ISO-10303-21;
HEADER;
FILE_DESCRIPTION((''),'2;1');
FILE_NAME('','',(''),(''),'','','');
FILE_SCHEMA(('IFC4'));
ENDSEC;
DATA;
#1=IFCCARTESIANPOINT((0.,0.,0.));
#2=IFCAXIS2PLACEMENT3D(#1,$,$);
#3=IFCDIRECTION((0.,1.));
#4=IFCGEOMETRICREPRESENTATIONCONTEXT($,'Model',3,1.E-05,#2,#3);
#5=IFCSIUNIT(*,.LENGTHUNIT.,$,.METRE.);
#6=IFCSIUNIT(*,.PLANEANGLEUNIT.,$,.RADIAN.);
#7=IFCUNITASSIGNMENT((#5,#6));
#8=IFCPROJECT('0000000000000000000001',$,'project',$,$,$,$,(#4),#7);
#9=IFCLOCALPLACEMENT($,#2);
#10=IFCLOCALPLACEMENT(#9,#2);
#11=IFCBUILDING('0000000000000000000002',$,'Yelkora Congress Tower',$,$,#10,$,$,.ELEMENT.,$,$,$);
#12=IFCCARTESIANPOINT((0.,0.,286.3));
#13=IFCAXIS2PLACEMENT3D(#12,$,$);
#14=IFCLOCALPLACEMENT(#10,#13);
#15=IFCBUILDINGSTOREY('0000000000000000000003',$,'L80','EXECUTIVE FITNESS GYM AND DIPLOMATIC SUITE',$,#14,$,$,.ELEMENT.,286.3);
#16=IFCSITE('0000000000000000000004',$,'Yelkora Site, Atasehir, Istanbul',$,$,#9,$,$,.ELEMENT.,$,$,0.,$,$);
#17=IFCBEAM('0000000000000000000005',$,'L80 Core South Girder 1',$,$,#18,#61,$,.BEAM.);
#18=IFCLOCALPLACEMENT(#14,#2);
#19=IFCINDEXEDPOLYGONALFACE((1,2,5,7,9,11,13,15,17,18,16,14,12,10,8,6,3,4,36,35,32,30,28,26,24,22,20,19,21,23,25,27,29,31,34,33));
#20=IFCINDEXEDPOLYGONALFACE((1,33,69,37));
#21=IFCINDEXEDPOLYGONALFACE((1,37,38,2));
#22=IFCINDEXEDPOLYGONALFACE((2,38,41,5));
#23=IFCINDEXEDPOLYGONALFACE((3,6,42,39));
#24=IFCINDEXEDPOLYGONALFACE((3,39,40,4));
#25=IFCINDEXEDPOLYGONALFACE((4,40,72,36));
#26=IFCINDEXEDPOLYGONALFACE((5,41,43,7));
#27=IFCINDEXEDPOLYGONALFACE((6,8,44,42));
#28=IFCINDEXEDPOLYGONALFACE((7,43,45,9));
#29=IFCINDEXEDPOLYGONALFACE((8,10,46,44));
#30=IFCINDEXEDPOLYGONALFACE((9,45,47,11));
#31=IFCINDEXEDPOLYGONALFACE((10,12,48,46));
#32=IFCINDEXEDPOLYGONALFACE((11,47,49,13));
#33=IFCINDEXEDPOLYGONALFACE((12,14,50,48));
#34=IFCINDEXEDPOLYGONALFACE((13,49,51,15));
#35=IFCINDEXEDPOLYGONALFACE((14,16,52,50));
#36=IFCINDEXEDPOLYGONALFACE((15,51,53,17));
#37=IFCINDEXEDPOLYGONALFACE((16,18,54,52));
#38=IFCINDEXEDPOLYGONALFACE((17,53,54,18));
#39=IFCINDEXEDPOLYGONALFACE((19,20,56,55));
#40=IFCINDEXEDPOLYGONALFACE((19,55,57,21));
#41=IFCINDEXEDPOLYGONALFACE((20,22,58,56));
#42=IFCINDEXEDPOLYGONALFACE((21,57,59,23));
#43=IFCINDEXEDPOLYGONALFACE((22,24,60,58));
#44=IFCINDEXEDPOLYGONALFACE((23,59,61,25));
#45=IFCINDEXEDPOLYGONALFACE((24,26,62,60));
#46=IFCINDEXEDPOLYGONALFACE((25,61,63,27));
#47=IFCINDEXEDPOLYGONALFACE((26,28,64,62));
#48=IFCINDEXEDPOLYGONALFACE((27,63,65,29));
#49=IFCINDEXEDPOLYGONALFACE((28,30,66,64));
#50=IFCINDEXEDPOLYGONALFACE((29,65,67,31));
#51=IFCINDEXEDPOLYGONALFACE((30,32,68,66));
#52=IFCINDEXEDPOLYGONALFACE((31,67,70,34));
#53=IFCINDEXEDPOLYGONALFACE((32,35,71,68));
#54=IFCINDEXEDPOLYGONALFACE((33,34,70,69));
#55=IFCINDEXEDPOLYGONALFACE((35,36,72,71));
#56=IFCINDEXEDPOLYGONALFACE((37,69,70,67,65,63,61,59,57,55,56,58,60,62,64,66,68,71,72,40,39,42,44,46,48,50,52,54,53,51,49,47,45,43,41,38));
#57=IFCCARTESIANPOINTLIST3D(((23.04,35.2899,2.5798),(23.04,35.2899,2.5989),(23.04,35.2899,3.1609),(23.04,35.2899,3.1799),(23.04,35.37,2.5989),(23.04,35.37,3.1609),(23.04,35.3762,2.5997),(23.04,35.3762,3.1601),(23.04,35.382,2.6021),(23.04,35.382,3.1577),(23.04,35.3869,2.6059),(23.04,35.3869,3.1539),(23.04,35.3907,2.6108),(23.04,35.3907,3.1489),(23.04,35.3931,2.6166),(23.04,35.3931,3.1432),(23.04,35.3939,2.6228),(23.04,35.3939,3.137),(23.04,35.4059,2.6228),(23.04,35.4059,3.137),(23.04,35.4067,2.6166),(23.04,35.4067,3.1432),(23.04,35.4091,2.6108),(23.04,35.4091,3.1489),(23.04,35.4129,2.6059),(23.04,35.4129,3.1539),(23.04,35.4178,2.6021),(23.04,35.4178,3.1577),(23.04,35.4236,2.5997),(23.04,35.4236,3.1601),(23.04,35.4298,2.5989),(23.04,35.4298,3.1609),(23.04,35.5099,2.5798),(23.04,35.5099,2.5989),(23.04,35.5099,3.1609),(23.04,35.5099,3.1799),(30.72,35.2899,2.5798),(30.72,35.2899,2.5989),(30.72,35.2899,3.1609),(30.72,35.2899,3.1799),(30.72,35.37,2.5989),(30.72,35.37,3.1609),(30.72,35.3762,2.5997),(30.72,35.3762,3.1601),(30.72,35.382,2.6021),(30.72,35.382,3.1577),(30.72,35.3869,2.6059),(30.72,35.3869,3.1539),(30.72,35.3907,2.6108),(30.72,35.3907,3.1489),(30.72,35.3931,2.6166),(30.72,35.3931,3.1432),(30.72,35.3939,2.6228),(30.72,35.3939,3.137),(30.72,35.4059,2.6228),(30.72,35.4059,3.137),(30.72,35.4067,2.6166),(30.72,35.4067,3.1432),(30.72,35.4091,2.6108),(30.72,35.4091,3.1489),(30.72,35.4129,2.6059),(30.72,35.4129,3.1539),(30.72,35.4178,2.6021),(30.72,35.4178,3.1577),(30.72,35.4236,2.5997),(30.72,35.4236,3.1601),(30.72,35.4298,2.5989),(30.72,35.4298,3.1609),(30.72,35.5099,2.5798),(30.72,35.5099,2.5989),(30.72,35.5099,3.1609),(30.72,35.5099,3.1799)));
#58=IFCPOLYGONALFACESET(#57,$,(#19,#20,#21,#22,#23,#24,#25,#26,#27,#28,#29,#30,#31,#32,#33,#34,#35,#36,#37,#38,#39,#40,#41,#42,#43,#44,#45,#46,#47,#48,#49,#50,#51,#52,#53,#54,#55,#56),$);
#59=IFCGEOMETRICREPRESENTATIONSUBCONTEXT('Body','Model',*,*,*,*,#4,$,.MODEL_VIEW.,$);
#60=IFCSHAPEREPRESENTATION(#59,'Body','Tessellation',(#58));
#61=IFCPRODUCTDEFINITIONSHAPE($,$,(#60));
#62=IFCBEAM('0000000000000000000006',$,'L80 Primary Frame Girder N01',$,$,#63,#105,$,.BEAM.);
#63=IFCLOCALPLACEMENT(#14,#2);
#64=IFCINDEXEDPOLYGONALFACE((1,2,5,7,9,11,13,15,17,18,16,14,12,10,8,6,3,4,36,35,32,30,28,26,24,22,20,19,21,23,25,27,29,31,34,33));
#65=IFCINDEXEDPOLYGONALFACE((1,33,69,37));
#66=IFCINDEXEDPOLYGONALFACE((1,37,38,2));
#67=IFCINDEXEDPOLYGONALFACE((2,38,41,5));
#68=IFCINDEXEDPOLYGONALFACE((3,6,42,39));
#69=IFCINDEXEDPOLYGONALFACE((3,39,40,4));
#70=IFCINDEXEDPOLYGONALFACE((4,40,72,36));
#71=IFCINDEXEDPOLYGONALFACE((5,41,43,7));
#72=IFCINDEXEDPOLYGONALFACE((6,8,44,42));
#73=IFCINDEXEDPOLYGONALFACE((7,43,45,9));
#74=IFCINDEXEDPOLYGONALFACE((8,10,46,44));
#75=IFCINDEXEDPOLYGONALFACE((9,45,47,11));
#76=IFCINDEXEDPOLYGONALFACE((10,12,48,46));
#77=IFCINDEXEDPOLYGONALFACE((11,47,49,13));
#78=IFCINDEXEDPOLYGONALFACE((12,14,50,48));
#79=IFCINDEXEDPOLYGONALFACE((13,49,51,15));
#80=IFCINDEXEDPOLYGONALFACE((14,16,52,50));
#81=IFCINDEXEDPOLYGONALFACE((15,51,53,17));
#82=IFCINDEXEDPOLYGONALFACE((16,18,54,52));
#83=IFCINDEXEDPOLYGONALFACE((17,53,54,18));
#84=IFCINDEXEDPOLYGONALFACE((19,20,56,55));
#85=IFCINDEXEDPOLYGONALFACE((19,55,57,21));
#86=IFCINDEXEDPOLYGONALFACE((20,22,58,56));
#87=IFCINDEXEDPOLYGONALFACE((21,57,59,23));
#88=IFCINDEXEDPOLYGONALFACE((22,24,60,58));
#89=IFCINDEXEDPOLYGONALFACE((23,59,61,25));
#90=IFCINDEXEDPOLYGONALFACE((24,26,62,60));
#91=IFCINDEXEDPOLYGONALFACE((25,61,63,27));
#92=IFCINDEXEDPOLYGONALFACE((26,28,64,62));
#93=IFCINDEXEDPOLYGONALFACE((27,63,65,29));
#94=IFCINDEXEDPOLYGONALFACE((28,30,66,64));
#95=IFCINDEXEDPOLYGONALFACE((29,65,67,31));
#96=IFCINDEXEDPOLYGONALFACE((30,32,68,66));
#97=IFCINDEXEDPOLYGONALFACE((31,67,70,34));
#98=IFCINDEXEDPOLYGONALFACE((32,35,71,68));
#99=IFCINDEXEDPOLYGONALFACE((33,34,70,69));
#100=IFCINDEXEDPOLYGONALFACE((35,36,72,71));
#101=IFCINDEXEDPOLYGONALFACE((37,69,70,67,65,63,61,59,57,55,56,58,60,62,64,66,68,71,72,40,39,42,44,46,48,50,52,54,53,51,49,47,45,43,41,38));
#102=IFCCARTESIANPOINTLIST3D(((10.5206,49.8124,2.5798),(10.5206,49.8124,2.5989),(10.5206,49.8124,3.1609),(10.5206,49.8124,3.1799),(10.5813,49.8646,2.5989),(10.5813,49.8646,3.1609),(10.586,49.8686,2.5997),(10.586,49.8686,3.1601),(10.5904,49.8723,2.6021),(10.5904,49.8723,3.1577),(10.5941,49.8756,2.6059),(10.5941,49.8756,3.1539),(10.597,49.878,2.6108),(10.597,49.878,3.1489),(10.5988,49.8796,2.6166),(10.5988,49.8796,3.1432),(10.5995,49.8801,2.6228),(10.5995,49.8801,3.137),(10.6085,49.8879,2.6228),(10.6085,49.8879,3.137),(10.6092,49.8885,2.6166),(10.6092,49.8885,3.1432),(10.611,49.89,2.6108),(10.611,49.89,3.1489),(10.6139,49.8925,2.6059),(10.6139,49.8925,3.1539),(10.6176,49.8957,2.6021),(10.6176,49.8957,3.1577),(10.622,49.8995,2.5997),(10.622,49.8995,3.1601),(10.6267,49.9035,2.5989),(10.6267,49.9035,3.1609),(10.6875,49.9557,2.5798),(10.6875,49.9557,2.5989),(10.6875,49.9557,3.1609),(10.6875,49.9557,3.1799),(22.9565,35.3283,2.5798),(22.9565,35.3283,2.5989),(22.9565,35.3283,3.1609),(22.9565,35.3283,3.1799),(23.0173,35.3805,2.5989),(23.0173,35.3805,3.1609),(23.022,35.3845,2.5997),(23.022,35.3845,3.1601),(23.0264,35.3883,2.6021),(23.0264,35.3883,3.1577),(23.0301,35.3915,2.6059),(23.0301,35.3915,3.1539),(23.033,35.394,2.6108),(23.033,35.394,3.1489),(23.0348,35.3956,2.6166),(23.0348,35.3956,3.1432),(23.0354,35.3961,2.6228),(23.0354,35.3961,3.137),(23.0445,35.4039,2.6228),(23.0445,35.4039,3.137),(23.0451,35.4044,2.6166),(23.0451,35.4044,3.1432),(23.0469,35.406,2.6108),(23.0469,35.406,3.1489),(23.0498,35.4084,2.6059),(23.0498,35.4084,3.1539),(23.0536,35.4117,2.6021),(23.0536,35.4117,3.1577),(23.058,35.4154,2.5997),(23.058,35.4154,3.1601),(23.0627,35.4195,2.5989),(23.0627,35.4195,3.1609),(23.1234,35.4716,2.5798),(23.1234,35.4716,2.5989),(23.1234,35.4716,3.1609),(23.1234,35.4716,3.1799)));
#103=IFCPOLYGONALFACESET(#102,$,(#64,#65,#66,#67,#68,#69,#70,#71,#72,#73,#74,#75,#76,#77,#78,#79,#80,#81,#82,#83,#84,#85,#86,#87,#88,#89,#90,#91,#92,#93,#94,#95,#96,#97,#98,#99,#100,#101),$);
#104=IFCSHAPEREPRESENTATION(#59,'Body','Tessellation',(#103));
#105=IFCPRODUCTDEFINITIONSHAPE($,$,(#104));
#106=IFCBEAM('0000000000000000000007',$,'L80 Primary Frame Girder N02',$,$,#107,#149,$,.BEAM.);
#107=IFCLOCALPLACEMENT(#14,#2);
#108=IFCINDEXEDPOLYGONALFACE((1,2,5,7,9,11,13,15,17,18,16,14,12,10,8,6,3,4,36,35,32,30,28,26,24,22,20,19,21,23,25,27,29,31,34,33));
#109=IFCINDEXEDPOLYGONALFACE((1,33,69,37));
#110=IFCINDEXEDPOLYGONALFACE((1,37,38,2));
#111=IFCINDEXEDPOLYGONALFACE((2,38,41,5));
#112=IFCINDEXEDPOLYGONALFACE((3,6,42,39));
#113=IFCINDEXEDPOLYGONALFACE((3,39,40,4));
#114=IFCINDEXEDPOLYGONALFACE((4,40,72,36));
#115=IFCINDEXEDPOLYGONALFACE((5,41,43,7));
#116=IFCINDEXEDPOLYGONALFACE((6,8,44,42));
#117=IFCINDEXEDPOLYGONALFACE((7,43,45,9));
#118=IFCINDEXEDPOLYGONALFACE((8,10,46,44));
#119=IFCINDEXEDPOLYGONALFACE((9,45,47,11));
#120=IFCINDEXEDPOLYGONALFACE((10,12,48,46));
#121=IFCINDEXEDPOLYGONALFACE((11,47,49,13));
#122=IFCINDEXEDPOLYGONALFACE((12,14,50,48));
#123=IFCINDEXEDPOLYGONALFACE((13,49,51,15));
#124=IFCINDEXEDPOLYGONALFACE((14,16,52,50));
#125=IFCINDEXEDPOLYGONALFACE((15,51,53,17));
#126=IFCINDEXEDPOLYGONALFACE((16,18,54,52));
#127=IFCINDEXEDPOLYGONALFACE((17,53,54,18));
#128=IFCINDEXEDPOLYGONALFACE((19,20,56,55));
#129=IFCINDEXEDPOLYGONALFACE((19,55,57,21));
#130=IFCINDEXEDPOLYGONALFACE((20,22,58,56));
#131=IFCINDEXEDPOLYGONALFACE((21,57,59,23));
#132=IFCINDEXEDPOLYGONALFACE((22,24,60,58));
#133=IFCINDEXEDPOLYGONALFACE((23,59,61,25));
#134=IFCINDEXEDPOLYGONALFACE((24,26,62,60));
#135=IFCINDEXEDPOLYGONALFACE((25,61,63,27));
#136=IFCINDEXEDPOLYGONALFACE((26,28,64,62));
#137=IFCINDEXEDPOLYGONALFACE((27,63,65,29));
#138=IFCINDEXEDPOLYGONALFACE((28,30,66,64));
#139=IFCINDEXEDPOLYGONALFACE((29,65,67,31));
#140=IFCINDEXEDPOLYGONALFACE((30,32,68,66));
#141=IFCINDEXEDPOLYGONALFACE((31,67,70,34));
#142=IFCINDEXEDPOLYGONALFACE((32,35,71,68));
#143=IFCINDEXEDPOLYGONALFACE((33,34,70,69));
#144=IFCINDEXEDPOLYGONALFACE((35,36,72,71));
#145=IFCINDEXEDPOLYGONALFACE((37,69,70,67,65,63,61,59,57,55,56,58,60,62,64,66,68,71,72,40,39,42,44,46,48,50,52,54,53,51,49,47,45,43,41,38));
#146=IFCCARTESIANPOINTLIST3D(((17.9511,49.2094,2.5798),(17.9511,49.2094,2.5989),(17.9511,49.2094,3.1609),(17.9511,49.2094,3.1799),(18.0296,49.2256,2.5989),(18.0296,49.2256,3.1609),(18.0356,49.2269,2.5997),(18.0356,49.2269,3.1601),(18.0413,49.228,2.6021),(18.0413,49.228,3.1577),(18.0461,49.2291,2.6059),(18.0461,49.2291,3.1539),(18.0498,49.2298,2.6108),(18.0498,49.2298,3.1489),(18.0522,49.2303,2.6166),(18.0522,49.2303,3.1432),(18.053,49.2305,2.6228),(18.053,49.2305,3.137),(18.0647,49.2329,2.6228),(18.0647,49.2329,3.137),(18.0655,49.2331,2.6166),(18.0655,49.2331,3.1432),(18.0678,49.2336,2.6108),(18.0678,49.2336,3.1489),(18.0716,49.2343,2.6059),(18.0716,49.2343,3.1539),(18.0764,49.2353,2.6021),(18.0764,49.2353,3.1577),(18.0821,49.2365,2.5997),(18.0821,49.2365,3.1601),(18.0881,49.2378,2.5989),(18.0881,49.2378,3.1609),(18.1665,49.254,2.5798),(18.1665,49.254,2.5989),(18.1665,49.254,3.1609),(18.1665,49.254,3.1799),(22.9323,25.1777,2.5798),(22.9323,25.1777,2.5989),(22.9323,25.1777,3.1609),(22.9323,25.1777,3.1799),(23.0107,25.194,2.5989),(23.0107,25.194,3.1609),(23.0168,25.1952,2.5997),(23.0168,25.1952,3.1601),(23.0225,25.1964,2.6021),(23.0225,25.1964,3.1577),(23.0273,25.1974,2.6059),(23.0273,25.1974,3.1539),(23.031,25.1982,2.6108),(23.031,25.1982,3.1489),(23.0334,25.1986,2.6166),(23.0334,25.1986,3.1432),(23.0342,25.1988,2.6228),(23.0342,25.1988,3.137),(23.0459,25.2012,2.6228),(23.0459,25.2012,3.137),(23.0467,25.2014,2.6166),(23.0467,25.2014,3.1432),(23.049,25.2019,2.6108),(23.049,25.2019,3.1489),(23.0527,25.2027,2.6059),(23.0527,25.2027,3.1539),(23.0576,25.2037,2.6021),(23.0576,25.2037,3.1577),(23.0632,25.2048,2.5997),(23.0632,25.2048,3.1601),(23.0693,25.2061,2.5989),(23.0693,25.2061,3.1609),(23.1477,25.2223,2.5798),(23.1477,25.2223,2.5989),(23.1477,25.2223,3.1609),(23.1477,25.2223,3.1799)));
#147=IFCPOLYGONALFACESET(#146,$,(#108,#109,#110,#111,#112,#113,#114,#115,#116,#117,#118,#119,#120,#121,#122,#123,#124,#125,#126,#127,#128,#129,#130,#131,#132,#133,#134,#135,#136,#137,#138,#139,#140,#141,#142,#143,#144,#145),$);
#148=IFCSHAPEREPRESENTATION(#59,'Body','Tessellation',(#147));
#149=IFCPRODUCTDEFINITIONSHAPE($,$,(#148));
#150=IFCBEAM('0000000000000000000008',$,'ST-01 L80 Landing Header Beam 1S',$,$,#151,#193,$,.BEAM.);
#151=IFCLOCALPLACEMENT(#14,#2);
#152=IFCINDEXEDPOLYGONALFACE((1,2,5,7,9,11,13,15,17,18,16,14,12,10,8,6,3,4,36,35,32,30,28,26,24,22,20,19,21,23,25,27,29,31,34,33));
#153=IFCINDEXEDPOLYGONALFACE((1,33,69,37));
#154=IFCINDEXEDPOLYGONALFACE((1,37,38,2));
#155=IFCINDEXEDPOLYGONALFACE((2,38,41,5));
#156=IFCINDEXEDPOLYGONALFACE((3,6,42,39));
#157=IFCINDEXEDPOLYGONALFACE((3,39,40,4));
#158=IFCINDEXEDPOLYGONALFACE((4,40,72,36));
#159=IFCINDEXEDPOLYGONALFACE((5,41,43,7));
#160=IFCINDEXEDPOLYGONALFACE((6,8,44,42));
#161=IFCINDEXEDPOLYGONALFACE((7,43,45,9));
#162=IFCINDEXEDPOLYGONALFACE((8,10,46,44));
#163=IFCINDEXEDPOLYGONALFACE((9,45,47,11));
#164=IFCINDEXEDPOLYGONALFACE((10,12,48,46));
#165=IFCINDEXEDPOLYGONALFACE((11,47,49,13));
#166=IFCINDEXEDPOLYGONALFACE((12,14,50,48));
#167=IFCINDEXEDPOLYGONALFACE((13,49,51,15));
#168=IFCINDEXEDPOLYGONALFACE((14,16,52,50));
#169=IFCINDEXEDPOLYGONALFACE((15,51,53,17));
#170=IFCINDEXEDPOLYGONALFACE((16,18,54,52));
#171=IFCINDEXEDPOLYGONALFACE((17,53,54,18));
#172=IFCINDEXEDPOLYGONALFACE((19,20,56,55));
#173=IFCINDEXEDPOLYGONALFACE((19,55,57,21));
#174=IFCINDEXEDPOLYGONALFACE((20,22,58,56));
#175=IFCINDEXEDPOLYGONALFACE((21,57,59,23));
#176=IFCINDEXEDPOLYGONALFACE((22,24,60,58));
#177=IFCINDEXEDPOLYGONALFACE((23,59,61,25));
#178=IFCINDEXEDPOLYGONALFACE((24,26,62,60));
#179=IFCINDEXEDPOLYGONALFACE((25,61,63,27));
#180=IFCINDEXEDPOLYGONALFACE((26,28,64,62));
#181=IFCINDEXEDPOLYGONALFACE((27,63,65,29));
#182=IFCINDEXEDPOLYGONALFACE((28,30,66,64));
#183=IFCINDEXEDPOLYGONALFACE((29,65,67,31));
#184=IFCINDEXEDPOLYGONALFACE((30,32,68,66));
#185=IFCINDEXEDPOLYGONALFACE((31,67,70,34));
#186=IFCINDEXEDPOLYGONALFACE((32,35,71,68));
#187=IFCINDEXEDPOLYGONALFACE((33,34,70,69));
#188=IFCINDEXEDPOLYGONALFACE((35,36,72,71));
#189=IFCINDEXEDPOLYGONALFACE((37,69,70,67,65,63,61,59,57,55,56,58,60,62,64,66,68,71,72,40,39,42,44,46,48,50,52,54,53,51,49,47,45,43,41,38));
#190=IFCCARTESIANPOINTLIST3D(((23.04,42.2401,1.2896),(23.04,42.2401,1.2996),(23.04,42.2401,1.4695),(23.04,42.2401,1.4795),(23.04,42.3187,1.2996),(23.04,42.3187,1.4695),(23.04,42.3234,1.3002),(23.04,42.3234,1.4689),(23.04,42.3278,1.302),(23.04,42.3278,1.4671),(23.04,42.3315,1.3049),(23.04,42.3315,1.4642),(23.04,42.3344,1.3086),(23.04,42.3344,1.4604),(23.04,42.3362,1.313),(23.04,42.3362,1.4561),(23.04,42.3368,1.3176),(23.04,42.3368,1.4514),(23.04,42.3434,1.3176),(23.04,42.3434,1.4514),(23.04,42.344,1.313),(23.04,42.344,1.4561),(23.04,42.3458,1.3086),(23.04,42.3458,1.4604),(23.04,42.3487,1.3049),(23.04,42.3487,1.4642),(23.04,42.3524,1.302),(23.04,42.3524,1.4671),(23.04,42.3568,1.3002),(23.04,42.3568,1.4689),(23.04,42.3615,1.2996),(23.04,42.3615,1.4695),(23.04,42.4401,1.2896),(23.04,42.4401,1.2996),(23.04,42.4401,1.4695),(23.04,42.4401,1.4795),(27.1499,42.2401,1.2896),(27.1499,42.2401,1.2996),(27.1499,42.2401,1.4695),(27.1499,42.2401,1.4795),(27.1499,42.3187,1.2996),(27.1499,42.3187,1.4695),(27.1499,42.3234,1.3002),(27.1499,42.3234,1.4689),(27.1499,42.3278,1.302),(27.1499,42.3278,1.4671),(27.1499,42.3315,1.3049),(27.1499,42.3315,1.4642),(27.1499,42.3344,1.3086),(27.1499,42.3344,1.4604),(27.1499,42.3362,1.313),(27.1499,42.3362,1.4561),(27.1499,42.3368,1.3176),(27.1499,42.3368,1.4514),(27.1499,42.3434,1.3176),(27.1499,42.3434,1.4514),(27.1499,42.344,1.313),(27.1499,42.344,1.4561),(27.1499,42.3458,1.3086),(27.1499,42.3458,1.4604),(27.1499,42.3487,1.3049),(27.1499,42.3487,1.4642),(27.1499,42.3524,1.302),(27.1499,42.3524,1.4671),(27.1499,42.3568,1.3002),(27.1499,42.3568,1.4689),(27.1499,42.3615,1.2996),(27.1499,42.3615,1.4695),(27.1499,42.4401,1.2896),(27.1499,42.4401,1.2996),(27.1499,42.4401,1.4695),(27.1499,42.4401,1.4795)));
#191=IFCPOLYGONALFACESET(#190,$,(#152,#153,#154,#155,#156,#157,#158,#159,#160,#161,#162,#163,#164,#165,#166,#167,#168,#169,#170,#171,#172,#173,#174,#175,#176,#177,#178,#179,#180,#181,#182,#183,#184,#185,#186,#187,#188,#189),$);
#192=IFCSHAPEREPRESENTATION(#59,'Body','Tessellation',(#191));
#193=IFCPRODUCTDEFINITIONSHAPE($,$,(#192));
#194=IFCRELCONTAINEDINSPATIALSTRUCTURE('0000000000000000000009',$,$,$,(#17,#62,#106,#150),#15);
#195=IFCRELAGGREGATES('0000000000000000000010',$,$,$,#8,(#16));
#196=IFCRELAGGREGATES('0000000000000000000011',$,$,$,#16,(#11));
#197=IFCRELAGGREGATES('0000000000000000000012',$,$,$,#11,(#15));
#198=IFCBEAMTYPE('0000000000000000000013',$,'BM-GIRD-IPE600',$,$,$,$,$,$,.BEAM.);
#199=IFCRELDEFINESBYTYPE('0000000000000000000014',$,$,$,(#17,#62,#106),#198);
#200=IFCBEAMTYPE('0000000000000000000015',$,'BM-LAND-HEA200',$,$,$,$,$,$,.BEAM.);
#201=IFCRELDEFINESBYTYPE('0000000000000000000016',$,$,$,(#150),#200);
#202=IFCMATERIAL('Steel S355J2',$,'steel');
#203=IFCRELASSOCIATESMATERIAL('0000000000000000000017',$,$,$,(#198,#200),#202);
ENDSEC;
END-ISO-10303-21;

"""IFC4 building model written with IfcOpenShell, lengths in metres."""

from ifc_helpers import new_model, si_unit, direction, frame, origin, origin_2d, place, context, subcontext, project, spatial, i_section, extrude, material, material_profile, profile_set, type_object, element, save


model = new_model("IFC4")

# Units and contexts
model_context = context("Model", 3, precision=1e-05, world=origin(), true_north=direction((0.0, 1.0)))
body_context = subcontext(model_context, "Body", "Model", "MODEL_VIEW")
ifc_project = project(units=[si_unit("LENGTHUNIT", "METRE"), si_unit("PLANEANGLEUNIT", "RADIAN")], contexts=[model_context])

# Site, building, storey
site_placement = place(None, origin())
site = spatial("IfcSite", under=ifc_project, at=site_placement, Name="Yelkora Site, Atasehir, Istanbul", CompositionType="ELEMENT", RefElevation=0.0)
building_placement = place(site_placement, origin())
building = spatial("IfcBuilding", under=site, at=building_placement, Name="Yelkora Congress Tower", CompositionType="ELEMENT")
storey_placement = place(building_placement, frame((0.0, 0.0, 286.3)))
storey = spatial("IfcBuildingStorey", under=building, at=storey_placement, Name="L80", Description="EXECUTIVE FITNESS GYM AND DIPLOMATIC SUITE", CompositionType="ELEMENT", Elevation=286.3)

# Shared definitions
ifc_material_1 = material(Name="Steel S355J2", Category="steel")

# Beams
ifc_material_profile_1 = material_profile(ifc_material_1, i_section(OverallWidth=0.22, OverallDepth=0.6001, WebThickness=0.012, FlangeThickness=0.019, FilletRadius=0.0239, at=origin_2d()), Name="IPE 600")
ifc_profile_set_1 = profile_set([ifc_material_profile_1], Name="Steel S355J2")
beam_type_1 = type_object("IfcBeamType", Name="BM-GIRD-IPE600", PredefinedType="BEAM", material=ifc_profile_set_1)
beam_1_placement = place(storey_placement, frame((23.04, 35.3999, 2.8799), z_axis=(1.0, 0.0, 0.0), x_axis=(0.0, 1.0, 0.0)))
element("IfcBeam", 1, at=beam_1_placement, inside=storey, type_object=beam_type_1, Name="L80 Core South Girder 1", PredefinedType="BEAM", context=body_context, shape_type="SweptSolid", body=[
    extrude(i_section(OverallWidth=0.22, OverallDepth=0.6001, WebThickness=0.012, FlangeThickness=0.019, FilletRadius=0.0239, at=origin_2d()), origin(), (0.0, 0.0, 1.0), 7.6799),
])
beam_2_placement = place(storey_placement, frame((10.604, 49.884, 2.8799), z_axis=(0.651427, -0.758711, 0.0), x_axis=(0.758711, 0.651427, 0.0)))
element("IfcBeam", 2, at=beam_2_placement, inside=storey, type_object=beam_type_1, Name="L80 Primary Frame Girder N01", PredefinedType="BEAM", context=body_context, shape_type="SweptSolid", body=[
    extrude(i_section(OverallWidth=0.22, OverallDepth=0.6001, WebThickness=0.012, FlangeThickness=0.019, FilletRadius=0.0239, at=origin_2d()), origin(), (0.0, 0.0, 1.0), 19.0903),
])
beam_3_placement = place(storey_placement, frame((18.0588, 49.2317, 2.8799), z_axis=(0.202962, -0.979187, 0.0), x_axis=(0.979187, 0.202962, 0.0)))
element("IfcBeam", 3, at=beam_3_placement, inside=storey, type_object=beam_type_1, Name="L80 Primary Frame Girder N02", PredefinedType="BEAM", context=body_context, shape_type="SweptSolid", body=[
    extrude(i_section(OverallWidth=0.22, OverallDepth=0.6001, WebThickness=0.012, FlangeThickness=0.019, FilletRadius=0.0239, at=origin_2d()), origin(), (0.0, 0.0, 1.0), 24.5425),
])
ifc_material_profile_2 = material_profile(ifc_material_1, i_section(OverallWidth=0.2, OverallDepth=0.1899, WebThickness=0.0066, FlangeThickness=0.01, FilletRadius=0.0181, at=origin_2d()), Name="HEA 200")
ifc_profile_set_2 = profile_set([ifc_material_profile_2], Name="Steel S355J2")
beam_type_2 = type_object("IfcBeamType", Name="BM-LAND-HEA200", PredefinedType="BEAM", material=ifc_profile_set_2)
for number, where, z_axis, x_axis, name in (
    (4, (23.04, 42.3401, 1.3845), (1.0, 0.0, 0.0), (0.0, 1.0, 0.0), "ST-01 L80 Landing Header Beam 1S"),
):
    element("IfcBeam", number, at=place(storey_placement, frame(where, z_axis=z_axis, x_axis=x_axis)), inside=storey, type_object=beam_type_2, Name=name, PredefinedType="BEAM", context=body_context, shape_type="SweptSolid", body=[
        extrude(i_section(OverallWidth=0.2, OverallDepth=0.1899, WebThickness=0.0066, FlangeThickness=0.01, FilletRadius=0.0181, at=origin_2d()), origin(), (0.0, 0.0, 1.0), 4.1099),
    ])

save(model, "model.ifc")
